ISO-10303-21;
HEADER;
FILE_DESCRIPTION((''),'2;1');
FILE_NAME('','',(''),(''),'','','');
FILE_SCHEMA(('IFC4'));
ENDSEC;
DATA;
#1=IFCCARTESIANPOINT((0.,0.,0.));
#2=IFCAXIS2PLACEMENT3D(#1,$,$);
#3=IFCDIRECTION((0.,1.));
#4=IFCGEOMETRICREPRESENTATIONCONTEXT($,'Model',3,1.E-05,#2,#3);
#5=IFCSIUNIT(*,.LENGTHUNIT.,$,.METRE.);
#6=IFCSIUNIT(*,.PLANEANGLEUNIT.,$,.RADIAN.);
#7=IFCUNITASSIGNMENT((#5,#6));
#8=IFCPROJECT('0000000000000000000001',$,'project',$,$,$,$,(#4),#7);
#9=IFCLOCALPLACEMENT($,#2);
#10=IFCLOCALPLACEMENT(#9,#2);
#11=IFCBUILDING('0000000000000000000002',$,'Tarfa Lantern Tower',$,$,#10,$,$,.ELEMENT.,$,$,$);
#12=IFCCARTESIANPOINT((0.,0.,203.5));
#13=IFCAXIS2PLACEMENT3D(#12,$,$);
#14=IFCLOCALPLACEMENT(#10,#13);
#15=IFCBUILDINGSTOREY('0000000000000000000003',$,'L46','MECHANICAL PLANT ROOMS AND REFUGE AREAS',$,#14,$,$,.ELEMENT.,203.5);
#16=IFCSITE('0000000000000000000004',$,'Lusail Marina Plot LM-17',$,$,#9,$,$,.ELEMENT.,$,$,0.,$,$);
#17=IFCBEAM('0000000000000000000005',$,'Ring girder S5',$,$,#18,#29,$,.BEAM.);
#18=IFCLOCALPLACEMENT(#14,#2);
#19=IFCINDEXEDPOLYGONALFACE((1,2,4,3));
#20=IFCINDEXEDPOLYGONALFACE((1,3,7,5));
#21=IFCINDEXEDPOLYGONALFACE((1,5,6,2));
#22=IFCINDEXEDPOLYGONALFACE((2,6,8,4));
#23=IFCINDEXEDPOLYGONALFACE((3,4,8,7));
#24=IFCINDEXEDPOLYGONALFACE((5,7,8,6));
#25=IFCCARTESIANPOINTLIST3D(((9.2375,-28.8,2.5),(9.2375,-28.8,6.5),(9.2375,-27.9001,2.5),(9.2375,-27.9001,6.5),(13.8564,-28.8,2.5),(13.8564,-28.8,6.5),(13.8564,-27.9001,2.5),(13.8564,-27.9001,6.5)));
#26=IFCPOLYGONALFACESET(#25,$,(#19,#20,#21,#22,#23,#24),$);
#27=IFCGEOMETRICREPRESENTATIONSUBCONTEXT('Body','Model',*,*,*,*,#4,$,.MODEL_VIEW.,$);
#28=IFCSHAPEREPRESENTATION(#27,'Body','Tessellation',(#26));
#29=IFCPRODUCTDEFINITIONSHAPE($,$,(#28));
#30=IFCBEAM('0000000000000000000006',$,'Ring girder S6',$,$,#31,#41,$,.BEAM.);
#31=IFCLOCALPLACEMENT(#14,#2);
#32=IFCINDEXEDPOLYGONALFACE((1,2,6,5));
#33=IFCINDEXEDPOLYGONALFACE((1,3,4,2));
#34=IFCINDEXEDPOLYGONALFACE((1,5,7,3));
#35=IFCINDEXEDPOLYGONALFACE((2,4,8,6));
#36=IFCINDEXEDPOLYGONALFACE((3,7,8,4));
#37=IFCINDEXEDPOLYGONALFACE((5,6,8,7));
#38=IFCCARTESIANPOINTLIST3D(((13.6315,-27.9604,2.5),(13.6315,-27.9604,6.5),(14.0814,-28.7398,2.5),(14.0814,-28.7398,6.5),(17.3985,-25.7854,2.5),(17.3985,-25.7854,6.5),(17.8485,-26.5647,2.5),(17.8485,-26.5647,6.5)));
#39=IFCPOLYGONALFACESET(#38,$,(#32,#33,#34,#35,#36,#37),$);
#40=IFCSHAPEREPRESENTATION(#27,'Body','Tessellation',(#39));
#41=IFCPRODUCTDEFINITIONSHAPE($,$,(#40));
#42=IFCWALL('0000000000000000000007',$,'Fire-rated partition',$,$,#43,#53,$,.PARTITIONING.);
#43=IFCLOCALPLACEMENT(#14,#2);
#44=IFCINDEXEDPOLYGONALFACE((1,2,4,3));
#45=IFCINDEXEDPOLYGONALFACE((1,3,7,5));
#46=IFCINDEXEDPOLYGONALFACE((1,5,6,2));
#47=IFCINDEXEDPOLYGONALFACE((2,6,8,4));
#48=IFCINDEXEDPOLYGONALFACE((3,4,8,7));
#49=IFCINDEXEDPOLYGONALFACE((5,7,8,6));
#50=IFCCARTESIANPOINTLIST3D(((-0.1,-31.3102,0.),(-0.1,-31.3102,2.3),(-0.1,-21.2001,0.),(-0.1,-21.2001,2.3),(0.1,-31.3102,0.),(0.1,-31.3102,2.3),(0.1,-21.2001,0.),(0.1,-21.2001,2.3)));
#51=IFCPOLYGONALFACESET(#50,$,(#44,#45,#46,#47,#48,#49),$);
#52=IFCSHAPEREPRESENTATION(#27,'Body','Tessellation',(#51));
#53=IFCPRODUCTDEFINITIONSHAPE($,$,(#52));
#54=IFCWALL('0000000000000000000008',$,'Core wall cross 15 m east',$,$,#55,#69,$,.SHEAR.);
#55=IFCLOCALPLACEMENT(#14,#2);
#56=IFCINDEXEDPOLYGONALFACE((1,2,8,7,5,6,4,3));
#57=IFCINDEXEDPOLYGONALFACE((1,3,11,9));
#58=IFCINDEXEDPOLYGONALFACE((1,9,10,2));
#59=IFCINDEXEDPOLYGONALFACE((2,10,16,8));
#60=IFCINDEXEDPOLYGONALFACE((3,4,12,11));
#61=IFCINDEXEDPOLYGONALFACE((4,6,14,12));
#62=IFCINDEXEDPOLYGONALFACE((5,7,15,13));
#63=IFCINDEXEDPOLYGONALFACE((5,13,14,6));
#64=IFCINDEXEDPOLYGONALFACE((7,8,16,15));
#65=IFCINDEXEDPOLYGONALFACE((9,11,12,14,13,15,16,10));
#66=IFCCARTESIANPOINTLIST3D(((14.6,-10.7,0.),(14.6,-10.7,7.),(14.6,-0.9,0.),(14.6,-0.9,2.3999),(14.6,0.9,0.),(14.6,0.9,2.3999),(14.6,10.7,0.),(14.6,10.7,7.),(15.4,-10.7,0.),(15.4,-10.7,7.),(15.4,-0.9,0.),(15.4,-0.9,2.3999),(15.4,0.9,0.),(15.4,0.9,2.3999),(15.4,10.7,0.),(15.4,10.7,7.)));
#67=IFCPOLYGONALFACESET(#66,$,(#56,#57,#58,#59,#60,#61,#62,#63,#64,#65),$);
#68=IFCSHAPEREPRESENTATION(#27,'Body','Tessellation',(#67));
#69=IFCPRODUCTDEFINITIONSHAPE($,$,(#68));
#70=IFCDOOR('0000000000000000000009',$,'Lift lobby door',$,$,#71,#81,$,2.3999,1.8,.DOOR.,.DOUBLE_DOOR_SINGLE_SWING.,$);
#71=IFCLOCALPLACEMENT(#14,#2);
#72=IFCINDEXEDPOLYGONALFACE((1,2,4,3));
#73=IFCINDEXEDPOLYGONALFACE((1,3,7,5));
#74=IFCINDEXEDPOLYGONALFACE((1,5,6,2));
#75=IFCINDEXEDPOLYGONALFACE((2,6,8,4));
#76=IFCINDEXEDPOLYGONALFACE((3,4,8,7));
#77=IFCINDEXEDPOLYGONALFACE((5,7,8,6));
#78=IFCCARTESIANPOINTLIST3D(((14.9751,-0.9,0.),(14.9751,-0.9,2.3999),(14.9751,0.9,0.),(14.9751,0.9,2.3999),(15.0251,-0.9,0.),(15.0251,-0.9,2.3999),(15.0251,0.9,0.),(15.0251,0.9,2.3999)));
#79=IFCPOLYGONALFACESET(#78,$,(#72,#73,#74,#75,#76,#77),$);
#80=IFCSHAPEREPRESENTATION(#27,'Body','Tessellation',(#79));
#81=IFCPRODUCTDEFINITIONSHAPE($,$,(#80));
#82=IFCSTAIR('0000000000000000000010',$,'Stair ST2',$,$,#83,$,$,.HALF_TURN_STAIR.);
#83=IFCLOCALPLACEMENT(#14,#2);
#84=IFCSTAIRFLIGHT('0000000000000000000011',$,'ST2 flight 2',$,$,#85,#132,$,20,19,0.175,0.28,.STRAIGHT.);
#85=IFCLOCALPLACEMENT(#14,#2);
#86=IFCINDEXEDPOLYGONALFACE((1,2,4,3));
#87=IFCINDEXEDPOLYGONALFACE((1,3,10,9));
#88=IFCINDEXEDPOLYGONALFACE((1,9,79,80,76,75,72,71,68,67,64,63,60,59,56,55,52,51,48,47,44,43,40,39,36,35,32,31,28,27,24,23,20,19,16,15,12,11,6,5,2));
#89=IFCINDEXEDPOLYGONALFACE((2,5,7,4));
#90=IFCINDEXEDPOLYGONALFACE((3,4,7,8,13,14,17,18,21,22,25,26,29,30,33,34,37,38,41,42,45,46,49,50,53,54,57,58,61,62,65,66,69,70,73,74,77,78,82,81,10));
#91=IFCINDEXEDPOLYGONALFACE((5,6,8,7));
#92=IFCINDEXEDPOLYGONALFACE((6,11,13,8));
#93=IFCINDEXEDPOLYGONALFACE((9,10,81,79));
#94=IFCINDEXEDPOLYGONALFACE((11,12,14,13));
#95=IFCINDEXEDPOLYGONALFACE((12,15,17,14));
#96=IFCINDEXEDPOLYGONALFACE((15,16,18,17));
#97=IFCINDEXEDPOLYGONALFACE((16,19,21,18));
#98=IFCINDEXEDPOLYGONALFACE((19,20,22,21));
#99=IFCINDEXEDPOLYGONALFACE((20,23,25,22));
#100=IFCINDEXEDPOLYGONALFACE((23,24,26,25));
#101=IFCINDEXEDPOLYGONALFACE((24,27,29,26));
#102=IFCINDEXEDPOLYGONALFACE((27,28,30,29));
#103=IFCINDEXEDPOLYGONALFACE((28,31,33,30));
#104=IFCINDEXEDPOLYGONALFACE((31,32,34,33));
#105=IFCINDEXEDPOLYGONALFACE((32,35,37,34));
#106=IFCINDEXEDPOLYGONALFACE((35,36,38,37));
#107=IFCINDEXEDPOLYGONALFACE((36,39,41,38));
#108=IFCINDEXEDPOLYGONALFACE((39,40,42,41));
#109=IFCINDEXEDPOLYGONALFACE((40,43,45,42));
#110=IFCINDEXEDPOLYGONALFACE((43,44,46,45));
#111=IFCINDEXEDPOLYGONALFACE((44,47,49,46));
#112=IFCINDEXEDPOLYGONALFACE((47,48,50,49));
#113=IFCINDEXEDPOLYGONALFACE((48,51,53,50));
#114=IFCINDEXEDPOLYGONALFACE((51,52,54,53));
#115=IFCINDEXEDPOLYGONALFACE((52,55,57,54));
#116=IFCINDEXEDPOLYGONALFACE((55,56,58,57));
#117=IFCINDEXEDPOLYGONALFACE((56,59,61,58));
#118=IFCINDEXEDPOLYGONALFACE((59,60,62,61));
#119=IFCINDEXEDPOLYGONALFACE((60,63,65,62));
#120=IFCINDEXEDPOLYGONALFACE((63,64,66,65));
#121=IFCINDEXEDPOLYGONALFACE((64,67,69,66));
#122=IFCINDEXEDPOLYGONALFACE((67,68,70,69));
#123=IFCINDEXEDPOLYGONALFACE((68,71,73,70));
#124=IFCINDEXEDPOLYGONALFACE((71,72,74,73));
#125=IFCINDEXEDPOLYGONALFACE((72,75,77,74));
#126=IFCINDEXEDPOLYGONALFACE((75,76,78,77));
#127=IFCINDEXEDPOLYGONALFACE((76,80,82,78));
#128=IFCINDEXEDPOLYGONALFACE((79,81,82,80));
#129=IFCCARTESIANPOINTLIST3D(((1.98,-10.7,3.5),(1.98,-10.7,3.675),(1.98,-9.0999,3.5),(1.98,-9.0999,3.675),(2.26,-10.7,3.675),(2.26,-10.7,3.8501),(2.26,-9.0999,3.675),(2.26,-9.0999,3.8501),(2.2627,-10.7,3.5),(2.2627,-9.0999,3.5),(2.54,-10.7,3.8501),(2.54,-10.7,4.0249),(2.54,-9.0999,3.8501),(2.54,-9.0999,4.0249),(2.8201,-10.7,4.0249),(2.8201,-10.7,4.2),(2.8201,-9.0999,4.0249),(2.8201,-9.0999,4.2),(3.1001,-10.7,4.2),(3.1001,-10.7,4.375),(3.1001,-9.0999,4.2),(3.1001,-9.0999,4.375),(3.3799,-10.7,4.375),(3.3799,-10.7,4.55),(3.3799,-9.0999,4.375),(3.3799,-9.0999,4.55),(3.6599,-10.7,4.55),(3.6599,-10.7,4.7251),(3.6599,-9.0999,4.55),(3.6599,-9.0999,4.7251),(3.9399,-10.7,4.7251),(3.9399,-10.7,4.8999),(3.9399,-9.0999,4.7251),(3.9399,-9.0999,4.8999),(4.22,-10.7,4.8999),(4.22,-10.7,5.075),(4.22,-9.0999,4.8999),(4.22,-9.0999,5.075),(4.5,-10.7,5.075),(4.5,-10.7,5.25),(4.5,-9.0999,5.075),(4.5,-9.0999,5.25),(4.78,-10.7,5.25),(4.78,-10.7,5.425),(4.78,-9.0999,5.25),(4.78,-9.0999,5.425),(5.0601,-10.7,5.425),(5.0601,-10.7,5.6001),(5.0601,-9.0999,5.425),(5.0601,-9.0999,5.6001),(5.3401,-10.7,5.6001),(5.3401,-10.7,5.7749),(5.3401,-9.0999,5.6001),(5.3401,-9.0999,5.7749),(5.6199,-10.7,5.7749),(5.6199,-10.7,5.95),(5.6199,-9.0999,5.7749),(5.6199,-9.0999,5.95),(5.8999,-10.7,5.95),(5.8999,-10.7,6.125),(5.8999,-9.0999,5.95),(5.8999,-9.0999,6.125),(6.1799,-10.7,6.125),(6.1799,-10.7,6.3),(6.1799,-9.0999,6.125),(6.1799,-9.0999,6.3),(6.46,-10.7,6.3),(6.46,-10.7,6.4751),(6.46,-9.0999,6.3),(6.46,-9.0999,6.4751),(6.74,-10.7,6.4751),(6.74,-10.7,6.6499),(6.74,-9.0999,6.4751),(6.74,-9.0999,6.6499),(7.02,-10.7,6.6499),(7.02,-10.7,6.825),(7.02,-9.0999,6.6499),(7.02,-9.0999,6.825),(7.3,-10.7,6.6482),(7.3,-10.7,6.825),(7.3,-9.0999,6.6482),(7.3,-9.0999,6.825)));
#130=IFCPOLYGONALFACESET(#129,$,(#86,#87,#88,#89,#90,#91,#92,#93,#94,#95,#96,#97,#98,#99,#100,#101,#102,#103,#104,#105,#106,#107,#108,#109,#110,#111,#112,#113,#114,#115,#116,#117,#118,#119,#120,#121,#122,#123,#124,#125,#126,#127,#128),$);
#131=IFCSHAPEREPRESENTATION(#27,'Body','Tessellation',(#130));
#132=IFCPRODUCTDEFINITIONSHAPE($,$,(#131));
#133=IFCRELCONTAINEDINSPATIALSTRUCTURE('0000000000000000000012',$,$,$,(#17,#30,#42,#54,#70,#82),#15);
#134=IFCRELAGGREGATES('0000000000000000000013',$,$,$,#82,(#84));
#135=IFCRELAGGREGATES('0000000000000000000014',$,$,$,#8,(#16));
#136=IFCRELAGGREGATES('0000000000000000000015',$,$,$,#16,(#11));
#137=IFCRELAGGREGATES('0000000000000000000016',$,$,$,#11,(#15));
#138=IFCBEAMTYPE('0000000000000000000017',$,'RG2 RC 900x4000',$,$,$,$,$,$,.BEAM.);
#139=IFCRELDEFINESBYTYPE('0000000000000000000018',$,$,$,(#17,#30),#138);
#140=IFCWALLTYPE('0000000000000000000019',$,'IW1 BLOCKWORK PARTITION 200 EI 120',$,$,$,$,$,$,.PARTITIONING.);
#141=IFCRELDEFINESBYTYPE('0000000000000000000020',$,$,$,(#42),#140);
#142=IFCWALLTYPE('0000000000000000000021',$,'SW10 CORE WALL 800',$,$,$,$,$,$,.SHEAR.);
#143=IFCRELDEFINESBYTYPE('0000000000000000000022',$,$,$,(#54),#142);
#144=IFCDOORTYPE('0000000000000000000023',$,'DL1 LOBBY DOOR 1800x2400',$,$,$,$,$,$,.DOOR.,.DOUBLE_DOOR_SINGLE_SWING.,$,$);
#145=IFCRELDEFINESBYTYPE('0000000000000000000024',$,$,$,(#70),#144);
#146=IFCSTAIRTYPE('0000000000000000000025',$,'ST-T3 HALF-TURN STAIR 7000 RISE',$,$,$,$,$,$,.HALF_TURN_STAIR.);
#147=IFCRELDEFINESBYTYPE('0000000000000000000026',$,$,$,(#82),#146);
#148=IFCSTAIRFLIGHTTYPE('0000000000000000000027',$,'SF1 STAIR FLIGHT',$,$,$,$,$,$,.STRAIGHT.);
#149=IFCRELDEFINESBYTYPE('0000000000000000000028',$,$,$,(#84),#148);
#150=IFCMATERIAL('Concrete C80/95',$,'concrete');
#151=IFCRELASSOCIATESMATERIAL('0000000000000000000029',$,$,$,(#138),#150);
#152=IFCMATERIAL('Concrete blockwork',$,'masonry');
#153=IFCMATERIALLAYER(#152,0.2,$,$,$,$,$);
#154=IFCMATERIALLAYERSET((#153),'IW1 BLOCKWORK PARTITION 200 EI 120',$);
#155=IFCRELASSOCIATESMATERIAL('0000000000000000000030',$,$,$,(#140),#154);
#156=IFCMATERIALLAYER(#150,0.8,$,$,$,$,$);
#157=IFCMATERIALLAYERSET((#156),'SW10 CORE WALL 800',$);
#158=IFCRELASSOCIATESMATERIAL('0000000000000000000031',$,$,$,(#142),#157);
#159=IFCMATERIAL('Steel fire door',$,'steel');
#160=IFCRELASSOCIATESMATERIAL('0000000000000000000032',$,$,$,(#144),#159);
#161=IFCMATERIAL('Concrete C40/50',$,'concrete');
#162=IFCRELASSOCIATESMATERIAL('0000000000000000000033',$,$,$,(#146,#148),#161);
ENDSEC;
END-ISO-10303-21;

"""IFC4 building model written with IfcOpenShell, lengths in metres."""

from ifc_helpers import new_model, si_unit, direction, frame, frame_2d, origin, origin_2d, place, context, subcontext, project, spatial, polyline, rectangle, outline, extrude, material, layer, layer_set, material_profile, profile_set, type_object, element, fill, aggregate, save


model = new_model("IFC4")

# Units and contexts
model_context = context("Model", 3, precision=1e-05, world=origin(), true_north=direction((0.0, 1.0)))
body_context = subcontext(model_context, "Body", "Model", "MODEL_VIEW")
ifc_project = project(units=[si_unit("LENGTHUNIT", "METRE"), si_unit("PLANEANGLEUNIT", "RADIAN")], contexts=[model_context])

# Site, building, storey
site_placement = place(None, origin())
site = spatial("IfcSite", under=ifc_project, at=site_placement, Name="Lusail Marina Plot LM-17", CompositionType="ELEMENT", RefElevation=0.0)
building_placement = place(site_placement, origin())
building = spatial("IfcBuilding", under=site, at=building_placement, Name="Tarfa Lantern Tower", CompositionType="ELEMENT")
storey_placement = place(building_placement, frame((0.0, 0.0, 203.5)))
storey = spatial("IfcBuildingStorey", under=building, at=storey_placement, Name="L46", Description="MECHANICAL PLANT ROOMS AND REFUGE AREAS", CompositionType="ELEMENT", Elevation=203.5)

# Beams
ifc_material_1 = material(Name="Concrete C80/95", Category="concrete")
ifc_material_profile = material_profile(ifc_material_1, rectangle(XDim=0.8999, YDim=4.0, at=origin_2d()), Name="RC 900x4000")
ifc_profile_set = profile_set([ifc_material_profile], Name="Concrete C80/95")
beam_type = type_object("IfcBeamType", Name="RG2 RC 900x4000", PredefinedType="BEAM", material=ifc_profile_set)
beam_1_placement = place(storey_placement, frame((9.2375, -28.3501, 4.5), z_axis=(1.0, 0.0, 0.0), x_axis=(0.0, 1.0, 0.0)))
element("IfcBeam", 1, at=beam_1_placement, inside=storey, type_object=beam_type, Name="Ring girder S5", PredefinedType="BEAM", context=body_context, shape_type="SweptSolid", body=[
    extrude(rectangle(XDim=0.8999, YDim=4.0, at=origin_2d()), origin(), (0.0, 0.0, 1.0), 4.6189),
])
beam_2_placement = place(storey_placement, frame((13.8564, -28.3501, 4.5), z_axis=(0.866014, 0.50002, 0.0), x_axis=(-0.50002, 0.866014, 0.0)))
element("IfcBeam", 2, at=beam_2_placement, inside=storey, type_object=beam_type, Name="Ring girder S6", PredefinedType="BEAM", context=body_context, shape_type="SweptSolid", body=[
    extrude(rectangle(XDim=0.8999, YDim=4.0, at=origin_2d()), origin(), (0.0, 0.0, 1.0), 4.3499),
])

# Wall
ifc_material_2 = material(Name="Concrete blockwork", Category="masonry")
ifc_layer_1 = layer(ifc_material_2, 0.2)
ifc_layer_set_1 = layer_set([ifc_layer_1], Name="IW1 BLOCKWORK PARTITION 200 EI 120")
wall_type_1 = type_object("IfcWallType", Name="IW1 BLOCKWORK PARTITION 200 EI 120", PredefinedType="PARTITIONING", material=ifc_layer_set_1)
wall_1_placement = place(storey_placement, frame((0.0, -21.2, 0.0), z_axis=(0.0, 0.0, 1.0), x_axis=(0.0, -1.0, 0.0)))
element("IfcWall", 3, at=wall_1_placement, inside=storey, type_object=wall_type_1, Name="Fire-rated partition", PredefinedType="PARTITIONING", context=body_context, shape_type="SweptSolid", body=[
    extrude(rectangle(XDim=10.1101, YDim=0.2, at=frame_2d((5.0552, 0.0))), origin(), (0.0, 0.0, 1.0), 2.3),
])

# Wall, opening, door
ifc_layer_2 = layer(ifc_material_1, 0.8)
ifc_layer_set_2 = layer_set([ifc_layer_2], Name="SW10 CORE WALL 800")
wall_type_2 = type_object("IfcWallType", Name="SW10 CORE WALL 800", PredefinedType="SHEAR", material=ifc_layer_set_2)
wall_2_placement = place(storey_placement, frame((15.0, -10.7, 0.0), z_axis=(0.0, 0.0, 1.0), x_axis=(0.0, 1.0, 0.0)))
wall_2 = element("IfcWall", 4, at=wall_2_placement, inside=storey, type_object=wall_type_2, Name="Core wall cross 15 m east", PredefinedType="SHEAR", context=body_context, shape_type="SweptSolid", body=[
    extrude(rectangle(XDim=21.3999, YDim=0.8, at=frame_2d((10.7, 0.0))), origin(), (0.0, 0.0, 1.0), 7.0),
])
opening_1_placement = place(wall_2_placement, frame((9.8, 0.0, 0.0)))
opening_1 = element("IfcOpeningElement", 5, at=opening_1_placement, cuts=wall_2, PredefinedType="OPENING", context=body_context, shape_type="SweptSolid", body=[
    extrude(rectangle(XDim=1.8, YDim=2.3999, at=frame_2d((0.8999, 1.2))), frame((0.0, 0.4099, 0.0), z_axis=(0.0, -1.0, 0.0), x_axis=(1.0, 0.0, 0.0)), (0.0, 0.0, 1.0), 0.8201),
])
ifc_material_3 = material(Name="Steel fire door", Category="steel")
door_type = type_object("IfcDoorType", Name="DL1 LOBBY DOOR 1800x2400", OperationType="DOUBLE_DOOR_SINGLE_SWING", PredefinedType="DOOR", material=ifc_material_3)
door_1_placement = place(opening_1_placement, origin())
door_1 = element("IfcDoor", 6, at=door_1_placement, inside=storey, type_object=door_type, Name="Lift lobby door", OperationType="DOUBLE_DOOR_SINGLE_SWING", OverallHeight=2.3999, OverallWidth=1.8, PredefinedType="DOOR", context=body_context, shape_type="SweptSolid", body=[
    extrude(rectangle(XDim=1.8, YDim=2.3999, at=frame_2d((0.8999, 1.2))), frame((0.0, 0.0249, 0.0), z_axis=(0.0, -1.0, 0.0), x_axis=(1.0, 0.0, 0.0)), (0.0, 0.0, 1.0), 0.05),
])
fill(opening_1, door_1)

# Stair, stair flight
ifc_material_4 = material(Name="Concrete C40/50", Category="concrete")
stair_type = type_object("IfcStairType", Name="ST-T3 HALF-TURN STAIR 7000 RISE", PredefinedType="HALF_TURN_STAIR", material=ifc_material_4)
stair_placement = place(storey_placement, origin())
stair = element("IfcStair", 7, at=stair_placement, inside=storey, type_object=stair_type, Name="Stair ST2", PredefinedType="HALF_TURN_STAIR")
stair_flight_type = type_object("IfcStairFlightType", Name="SF1 STAIR FLIGHT", PredefinedType="STRAIGHT", material=ifc_material_4)
stair_flight_placement = place(storey_placement, frame((1.98, -9.8999, 3.5), z_axis=(0.0, 0.0, 1.0), x_axis=(1.0, 0.0, 0.0)))
stair_flight = element("IfcStairFlight", 8, at=stair_flight_placement, type_object=stair_flight_type, Name="ST2 flight 2", NumberOfRisers=20, NumberOfTreads=19, PredefinedType="STRAIGHT", RiserHeight=0.175, TreadLength=0.28, context=body_context, shape_type="SweptSolid", body=[
    extrude(outline(polyline([(0.0, 0.0), (0.0, 0.175), (0.28, 0.175), (0.28, 0.3501), (0.5601, 0.3501), (0.5601, 0.5249), (0.8401, 0.5249), (0.8401, 0.7), (1.1201, 0.7), (1.1201, 0.875), (1.3999, 0.875), (1.3999, 1.05), (1.6799, 1.05), (1.6799, 1.2251), (1.96, 1.2251), (1.96, 1.3999), (2.24, 1.3999), (2.24, 1.575), (2.52, 1.575), (2.52, 1.75), (2.8, 1.75), (2.8, 1.925), (3.0801, 1.925), (3.0801, 2.1001), (3.3601, 2.1001), (3.3601, 2.2749), (3.6399, 2.2749), (3.6399, 2.45), (3.9199, 2.45), (3.9199, 2.625), (4.2, 2.625), (4.2, 2.8), (4.48, 2.8), (4.48, 2.9751), (4.76, 2.9751), (4.76, 3.1499), (5.04, 3.1499), (5.04, 3.325), (5.3201, 3.325), (5.3201, 3.5), (5.3201, 3.1482), (0.2827, 0.0), (0.0, 0.0)])), frame((0.0, 0.8, 0.0), z_axis=(0.0, -1.0, 0.0), x_axis=(1.0, 0.0, 0.0)), (0.0, 0.0, 1.0), 1.6001),
])
aggregate(stair, [stair_flight])

save(model, "model.ifc")
